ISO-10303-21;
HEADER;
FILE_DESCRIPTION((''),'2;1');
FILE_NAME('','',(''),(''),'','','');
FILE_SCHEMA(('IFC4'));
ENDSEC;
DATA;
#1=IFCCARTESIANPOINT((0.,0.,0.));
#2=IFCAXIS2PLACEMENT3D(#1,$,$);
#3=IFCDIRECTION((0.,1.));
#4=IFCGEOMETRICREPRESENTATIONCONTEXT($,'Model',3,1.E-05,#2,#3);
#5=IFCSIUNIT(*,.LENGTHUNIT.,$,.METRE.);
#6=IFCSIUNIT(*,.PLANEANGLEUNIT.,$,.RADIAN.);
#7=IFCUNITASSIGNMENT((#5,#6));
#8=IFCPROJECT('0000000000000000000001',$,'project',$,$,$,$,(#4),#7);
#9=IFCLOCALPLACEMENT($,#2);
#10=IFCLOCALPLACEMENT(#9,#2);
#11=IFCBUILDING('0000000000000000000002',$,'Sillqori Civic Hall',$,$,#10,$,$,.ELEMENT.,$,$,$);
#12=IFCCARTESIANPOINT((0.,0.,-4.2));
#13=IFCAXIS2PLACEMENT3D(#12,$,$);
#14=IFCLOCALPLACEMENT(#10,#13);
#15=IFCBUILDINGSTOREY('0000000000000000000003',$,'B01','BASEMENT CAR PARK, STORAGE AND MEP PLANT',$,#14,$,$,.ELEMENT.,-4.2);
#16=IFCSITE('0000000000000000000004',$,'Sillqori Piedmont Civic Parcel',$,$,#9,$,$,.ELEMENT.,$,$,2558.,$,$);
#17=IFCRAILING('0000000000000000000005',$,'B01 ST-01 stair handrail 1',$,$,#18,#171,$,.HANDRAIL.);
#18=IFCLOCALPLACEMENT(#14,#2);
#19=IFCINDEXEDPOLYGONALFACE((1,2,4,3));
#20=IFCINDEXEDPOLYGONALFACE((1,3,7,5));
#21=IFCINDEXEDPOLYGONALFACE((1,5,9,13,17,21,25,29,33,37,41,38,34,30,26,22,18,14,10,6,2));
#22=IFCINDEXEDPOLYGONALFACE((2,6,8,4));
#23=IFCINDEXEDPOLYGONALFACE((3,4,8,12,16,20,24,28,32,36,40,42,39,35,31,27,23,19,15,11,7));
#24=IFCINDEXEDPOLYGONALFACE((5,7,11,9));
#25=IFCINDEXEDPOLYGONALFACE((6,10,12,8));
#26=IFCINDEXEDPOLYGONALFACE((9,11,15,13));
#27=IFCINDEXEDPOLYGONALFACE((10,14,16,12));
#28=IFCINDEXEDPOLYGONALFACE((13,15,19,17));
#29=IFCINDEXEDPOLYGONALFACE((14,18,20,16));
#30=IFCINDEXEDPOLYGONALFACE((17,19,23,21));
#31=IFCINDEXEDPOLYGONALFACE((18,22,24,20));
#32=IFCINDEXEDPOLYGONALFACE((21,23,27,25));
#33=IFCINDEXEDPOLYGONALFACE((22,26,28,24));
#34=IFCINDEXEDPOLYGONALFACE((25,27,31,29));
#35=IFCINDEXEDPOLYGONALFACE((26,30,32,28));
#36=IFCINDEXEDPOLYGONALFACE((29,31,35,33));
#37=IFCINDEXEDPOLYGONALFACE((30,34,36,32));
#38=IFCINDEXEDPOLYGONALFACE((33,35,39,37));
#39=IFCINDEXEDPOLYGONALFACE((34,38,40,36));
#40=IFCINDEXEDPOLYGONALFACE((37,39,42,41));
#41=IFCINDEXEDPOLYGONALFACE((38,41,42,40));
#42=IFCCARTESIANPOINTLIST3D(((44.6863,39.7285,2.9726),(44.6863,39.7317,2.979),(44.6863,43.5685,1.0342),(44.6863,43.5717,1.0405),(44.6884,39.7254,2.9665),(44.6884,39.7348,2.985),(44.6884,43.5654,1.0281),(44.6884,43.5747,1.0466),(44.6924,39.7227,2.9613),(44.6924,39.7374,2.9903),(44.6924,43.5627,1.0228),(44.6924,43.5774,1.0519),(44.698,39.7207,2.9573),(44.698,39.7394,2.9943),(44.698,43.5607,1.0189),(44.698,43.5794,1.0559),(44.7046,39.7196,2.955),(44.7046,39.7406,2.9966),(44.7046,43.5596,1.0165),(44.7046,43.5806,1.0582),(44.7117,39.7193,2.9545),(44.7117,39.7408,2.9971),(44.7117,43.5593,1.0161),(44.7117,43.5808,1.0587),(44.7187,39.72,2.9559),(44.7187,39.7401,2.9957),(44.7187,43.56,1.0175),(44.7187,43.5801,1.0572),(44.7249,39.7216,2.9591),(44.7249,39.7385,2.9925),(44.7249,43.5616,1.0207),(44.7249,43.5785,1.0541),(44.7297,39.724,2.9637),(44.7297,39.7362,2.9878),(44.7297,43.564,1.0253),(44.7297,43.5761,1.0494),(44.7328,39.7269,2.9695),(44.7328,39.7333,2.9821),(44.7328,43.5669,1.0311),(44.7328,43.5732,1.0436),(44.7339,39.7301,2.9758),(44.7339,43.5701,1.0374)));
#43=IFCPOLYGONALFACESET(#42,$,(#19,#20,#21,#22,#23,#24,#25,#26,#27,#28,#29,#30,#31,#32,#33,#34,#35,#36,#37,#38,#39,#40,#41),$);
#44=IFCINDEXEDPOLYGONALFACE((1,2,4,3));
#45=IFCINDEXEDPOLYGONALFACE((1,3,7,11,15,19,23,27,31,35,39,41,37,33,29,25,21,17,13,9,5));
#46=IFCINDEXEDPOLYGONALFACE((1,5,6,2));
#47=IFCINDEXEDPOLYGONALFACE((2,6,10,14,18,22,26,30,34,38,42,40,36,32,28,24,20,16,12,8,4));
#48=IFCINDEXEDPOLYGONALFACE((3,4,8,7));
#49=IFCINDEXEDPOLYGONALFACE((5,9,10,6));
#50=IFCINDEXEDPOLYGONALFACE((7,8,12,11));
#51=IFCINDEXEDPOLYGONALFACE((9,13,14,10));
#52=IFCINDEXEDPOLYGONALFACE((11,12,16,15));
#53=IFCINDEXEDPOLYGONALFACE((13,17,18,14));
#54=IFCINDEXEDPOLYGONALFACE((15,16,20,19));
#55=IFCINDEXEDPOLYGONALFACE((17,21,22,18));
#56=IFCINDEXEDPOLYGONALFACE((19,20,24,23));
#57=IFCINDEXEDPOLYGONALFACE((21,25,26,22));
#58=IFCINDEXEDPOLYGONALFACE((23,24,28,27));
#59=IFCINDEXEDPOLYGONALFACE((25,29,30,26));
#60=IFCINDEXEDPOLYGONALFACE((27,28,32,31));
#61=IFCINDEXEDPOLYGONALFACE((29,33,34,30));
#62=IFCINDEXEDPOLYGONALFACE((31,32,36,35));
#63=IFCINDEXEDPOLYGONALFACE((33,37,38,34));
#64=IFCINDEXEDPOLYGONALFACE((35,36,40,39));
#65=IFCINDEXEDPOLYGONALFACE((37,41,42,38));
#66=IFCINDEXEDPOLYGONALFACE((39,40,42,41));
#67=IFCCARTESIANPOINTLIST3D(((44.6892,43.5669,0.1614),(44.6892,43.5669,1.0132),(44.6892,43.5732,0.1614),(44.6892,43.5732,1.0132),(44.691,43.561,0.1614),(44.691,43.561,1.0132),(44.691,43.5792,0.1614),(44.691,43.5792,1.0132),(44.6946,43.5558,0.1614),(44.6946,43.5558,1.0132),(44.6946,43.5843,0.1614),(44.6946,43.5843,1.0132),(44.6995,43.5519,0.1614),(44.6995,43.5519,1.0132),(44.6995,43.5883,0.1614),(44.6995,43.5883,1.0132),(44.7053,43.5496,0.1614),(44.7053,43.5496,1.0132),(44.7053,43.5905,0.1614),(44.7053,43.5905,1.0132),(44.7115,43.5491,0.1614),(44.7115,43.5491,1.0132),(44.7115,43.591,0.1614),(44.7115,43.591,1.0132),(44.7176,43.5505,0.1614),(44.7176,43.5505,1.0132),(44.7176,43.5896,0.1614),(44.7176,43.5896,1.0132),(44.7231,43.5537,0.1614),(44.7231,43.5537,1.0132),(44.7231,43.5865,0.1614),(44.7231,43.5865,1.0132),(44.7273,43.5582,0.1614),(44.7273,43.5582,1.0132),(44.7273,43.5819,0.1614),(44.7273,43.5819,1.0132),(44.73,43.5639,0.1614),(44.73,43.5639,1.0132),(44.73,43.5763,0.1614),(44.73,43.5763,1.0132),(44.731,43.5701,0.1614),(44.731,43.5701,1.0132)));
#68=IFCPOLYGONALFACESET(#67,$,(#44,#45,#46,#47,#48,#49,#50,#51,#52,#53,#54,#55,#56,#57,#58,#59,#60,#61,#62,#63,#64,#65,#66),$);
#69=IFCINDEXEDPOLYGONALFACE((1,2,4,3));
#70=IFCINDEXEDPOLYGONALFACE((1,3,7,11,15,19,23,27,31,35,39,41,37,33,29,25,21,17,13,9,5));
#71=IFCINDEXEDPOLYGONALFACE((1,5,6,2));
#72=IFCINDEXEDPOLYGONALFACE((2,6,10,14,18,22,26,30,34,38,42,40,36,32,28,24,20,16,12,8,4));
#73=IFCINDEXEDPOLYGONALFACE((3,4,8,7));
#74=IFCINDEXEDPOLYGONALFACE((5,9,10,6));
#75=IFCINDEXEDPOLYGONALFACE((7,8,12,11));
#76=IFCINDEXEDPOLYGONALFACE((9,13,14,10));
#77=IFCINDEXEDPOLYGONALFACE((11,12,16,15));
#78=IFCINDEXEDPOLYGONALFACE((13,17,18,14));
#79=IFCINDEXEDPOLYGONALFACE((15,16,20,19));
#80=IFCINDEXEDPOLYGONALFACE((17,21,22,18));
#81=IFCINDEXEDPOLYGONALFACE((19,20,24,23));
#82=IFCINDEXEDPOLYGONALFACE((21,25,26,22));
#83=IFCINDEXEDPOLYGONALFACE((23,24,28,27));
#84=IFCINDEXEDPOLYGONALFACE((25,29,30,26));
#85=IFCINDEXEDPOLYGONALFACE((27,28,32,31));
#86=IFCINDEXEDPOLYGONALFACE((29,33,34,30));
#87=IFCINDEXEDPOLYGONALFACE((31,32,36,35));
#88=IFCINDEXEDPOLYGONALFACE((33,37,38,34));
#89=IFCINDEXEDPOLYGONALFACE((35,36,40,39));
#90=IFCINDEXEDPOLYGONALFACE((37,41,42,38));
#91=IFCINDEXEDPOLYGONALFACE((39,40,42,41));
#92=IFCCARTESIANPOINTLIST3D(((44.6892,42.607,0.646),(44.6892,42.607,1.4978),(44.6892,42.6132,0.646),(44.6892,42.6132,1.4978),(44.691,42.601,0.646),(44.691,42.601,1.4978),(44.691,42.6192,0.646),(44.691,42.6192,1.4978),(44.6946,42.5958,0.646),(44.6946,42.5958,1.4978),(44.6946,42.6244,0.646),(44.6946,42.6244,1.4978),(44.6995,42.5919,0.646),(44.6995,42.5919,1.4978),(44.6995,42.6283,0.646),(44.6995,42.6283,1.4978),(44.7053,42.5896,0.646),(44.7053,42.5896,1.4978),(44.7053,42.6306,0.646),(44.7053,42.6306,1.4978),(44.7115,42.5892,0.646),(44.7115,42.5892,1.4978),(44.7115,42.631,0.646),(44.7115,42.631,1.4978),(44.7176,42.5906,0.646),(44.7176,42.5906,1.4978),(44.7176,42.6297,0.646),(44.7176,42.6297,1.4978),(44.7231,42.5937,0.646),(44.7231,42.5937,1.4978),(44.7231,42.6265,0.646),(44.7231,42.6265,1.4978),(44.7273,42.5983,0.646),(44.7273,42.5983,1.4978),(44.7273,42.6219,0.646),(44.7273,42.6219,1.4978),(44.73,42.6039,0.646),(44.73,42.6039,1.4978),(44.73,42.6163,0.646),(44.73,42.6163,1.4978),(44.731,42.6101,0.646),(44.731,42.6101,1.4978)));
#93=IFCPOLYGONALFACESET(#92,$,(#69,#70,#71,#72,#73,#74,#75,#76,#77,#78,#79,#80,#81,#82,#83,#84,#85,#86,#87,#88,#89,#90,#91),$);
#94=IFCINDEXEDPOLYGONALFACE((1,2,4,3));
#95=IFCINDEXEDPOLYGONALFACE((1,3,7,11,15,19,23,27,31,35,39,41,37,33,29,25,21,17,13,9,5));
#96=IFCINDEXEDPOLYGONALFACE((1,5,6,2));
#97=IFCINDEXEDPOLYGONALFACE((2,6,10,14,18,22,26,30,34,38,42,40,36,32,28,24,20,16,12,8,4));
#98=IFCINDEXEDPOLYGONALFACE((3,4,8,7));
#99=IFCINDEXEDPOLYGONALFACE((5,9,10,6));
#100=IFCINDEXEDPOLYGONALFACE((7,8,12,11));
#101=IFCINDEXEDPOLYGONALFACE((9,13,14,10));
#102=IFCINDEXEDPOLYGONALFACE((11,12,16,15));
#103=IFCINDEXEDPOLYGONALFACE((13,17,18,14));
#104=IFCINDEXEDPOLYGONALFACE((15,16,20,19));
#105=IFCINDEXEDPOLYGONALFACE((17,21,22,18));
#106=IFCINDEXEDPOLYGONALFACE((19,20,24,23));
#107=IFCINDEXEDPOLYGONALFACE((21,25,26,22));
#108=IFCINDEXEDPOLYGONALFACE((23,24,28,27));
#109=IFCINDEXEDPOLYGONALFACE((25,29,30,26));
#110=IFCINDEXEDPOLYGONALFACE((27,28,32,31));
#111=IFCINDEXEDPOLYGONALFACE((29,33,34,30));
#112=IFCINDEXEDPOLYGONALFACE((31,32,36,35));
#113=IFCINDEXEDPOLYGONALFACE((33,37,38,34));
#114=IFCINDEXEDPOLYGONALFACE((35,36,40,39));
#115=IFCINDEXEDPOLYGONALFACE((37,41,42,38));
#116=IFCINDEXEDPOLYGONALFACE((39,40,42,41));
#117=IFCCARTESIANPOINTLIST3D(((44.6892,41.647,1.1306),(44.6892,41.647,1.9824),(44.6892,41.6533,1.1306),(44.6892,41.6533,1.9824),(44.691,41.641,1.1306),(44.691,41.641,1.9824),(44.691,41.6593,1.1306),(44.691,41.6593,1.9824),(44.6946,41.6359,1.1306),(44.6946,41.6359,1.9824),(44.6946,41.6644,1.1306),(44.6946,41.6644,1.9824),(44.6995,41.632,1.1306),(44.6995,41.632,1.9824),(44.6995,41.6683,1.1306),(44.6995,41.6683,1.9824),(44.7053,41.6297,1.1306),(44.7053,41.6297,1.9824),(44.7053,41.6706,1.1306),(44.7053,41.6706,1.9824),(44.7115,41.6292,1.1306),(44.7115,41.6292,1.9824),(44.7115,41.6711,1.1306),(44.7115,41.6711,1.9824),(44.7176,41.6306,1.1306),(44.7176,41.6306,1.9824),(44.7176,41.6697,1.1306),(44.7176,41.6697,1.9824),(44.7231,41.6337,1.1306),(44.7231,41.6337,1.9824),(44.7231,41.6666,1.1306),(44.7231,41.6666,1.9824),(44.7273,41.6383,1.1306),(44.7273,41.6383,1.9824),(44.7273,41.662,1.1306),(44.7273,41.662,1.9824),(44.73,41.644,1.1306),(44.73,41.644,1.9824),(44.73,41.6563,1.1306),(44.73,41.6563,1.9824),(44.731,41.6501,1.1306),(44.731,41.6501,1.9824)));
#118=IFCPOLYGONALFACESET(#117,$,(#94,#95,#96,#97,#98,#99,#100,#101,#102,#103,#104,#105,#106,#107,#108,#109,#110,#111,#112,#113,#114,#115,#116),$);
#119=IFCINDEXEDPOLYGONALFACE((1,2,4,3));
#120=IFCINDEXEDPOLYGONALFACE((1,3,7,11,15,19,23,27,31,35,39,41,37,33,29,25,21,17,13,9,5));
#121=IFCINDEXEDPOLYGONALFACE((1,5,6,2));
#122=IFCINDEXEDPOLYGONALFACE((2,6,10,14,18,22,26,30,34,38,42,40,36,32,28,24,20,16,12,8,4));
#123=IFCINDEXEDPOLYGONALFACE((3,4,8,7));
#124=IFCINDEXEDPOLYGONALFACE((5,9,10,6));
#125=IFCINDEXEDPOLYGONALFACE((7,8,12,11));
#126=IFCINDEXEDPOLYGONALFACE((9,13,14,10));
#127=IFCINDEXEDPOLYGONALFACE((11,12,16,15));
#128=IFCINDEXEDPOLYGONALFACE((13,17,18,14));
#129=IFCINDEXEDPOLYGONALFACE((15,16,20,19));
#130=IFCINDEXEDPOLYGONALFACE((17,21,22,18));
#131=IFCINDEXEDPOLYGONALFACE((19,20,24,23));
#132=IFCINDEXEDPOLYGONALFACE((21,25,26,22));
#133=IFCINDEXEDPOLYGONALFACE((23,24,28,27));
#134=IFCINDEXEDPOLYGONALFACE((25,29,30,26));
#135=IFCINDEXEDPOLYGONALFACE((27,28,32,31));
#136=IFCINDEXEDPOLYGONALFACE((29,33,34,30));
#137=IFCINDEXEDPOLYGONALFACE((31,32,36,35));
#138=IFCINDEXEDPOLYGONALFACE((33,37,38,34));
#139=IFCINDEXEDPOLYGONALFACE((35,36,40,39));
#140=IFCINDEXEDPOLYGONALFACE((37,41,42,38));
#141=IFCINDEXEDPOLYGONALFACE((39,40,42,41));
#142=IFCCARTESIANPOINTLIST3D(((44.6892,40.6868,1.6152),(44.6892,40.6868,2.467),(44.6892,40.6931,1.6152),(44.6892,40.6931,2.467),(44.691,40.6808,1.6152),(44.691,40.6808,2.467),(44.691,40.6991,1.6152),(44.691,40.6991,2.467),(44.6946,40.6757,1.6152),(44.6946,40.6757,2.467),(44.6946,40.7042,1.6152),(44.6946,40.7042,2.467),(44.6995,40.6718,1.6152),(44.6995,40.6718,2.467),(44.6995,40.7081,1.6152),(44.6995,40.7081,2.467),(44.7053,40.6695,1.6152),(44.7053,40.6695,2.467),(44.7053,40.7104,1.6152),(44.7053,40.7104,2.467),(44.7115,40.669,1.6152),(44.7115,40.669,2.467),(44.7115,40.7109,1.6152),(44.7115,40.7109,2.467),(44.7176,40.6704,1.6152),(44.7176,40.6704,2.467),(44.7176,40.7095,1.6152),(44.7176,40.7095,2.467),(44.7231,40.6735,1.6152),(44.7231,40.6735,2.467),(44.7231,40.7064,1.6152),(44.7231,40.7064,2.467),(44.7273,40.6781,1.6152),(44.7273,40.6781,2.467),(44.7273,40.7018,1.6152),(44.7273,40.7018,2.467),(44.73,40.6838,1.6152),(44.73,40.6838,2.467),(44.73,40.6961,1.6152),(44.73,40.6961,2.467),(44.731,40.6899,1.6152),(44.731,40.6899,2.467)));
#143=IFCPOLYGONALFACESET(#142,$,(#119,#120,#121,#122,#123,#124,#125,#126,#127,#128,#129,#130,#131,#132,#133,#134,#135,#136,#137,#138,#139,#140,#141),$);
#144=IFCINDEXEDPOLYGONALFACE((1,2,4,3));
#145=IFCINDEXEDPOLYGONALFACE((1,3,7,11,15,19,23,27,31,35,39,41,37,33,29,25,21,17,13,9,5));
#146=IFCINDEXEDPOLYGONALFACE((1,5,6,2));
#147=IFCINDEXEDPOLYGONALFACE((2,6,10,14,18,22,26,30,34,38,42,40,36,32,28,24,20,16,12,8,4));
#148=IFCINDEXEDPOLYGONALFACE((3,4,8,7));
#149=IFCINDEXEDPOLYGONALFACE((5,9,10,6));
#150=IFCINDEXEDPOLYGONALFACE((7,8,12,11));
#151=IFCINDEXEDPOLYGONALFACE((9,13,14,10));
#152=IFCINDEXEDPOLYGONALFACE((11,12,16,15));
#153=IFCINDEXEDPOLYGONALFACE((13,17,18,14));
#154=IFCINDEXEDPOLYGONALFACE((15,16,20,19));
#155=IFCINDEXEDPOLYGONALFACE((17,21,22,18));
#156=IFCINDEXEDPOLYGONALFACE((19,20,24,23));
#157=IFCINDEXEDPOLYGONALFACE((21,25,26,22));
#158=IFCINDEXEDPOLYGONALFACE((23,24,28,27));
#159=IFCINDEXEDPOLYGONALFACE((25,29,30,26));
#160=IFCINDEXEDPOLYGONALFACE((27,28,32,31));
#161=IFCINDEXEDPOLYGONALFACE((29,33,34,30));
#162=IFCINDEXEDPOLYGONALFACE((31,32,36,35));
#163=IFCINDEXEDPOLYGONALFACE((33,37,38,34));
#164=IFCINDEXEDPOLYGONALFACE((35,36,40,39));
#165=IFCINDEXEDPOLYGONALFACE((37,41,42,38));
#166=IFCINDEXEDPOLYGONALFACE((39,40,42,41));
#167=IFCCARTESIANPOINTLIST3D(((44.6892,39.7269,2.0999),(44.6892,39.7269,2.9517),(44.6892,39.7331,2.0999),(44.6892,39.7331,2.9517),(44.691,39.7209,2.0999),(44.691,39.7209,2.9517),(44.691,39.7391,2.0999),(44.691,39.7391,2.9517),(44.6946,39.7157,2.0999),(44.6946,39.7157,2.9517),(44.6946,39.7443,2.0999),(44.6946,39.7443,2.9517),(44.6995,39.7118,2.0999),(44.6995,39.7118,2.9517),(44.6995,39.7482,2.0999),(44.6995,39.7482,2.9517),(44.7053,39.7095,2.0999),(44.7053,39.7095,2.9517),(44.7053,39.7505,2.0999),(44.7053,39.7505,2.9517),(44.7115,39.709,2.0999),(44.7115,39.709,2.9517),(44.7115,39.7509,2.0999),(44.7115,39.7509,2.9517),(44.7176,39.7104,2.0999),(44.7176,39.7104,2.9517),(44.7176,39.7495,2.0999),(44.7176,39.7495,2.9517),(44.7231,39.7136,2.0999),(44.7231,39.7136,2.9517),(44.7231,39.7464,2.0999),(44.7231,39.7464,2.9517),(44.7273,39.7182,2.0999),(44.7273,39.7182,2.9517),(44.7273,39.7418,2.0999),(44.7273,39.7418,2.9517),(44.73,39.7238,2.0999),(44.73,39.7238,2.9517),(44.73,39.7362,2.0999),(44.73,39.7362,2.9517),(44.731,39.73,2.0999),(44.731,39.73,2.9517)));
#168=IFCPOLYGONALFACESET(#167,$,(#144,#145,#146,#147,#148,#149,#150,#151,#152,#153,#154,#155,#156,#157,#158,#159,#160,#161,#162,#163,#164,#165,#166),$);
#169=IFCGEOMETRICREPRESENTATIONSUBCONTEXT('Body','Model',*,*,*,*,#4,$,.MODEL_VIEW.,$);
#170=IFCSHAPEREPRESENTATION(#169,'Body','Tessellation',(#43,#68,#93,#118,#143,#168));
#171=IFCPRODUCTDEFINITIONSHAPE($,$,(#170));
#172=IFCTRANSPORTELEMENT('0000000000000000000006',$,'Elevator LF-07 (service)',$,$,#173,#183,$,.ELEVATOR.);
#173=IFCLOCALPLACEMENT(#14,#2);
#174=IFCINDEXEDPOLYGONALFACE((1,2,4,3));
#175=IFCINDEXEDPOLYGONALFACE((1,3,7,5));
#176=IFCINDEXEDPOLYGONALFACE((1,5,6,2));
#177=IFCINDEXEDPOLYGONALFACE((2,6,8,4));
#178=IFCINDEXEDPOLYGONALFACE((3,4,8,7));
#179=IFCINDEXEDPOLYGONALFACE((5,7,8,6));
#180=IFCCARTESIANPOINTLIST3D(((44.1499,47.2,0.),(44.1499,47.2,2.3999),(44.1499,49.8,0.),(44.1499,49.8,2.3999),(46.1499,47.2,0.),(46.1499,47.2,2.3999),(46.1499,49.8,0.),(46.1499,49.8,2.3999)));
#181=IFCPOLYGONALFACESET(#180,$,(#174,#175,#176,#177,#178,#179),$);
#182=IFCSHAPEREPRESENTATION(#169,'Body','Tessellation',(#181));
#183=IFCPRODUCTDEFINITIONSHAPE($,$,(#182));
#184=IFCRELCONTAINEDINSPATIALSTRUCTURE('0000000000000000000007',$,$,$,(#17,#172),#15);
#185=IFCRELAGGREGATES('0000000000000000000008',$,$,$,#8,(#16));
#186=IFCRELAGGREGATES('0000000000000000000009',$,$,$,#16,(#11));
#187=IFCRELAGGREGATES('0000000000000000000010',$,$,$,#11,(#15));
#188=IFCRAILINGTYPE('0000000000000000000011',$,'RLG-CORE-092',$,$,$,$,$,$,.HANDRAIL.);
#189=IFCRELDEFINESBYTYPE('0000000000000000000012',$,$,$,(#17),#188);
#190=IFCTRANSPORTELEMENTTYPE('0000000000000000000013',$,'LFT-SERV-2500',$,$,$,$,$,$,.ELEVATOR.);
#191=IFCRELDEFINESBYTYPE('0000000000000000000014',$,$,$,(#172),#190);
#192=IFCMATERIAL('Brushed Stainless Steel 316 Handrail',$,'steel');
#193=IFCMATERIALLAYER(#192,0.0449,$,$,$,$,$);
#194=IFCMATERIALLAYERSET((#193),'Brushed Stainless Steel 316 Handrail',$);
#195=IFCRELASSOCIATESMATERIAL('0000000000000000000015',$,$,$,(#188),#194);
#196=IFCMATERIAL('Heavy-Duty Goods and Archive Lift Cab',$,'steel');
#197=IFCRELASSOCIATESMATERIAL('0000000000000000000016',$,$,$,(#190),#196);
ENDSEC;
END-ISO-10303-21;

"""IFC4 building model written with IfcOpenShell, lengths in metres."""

from ifc_helpers import new_model, si_unit, direction, frame, origin, origin_2d, place, context, subcontext, project, spatial, rectangle, circle, extrude, material, layer, layer_set, type_object, element, save


model = new_model("IFC4")

# Units and contexts
model_context = context("Model", 3, precision=1e-05, world=origin(), true_north=direction((0.0, 1.0)))
body_context = subcontext(model_context, "Body", "Model", "MODEL_VIEW")
ifc_project = project(units=[si_unit("LENGTHUNIT", "METRE"), si_unit("PLANEANGLEUNIT", "RADIAN")], contexts=[model_context])

# Site, building, storey
site_placement = place(None, origin())
site = spatial("IfcSite", under=ifc_project, at=site_placement, Name="Sillqori Piedmont Civic Parcel", CompositionType="ELEMENT", RefElevation=2558.0)
building_placement = place(site_placement, origin())
building = spatial("IfcBuilding", under=site, at=building_placement, Name="Sillqori Civic Hall", CompositionType="ELEMENT")
storey_placement = place(building_placement, frame((0.0, 0.0, -4.2)))
storey = spatial("IfcBuildingStorey", under=building, at=storey_placement, Name="B01", Description="BASEMENT CAR PARK, STORAGE AND MEP PLANT", CompositionType="ELEMENT", Elevation=-4.2)

# Railing
ifc_material_1 = material(Name="Brushed Stainless Steel 316 Handrail", Category="steel")
ifc_layer_1 = layer(ifc_material_1, 0.0449)
ifc_layer_set_1 = layer_set([ifc_layer_1], Name="Brushed Stainless Steel 316 Handrail")
railing_type = type_object("IfcRailingType", Name="RLG-CORE-092", PredefinedType="HANDRAIL", material=ifc_layer_set_1)
railing_placement = place(storey_placement, frame((44.71, 43.5701, 0.1614)))
element("IfcRailing", 1, at=railing_placement, inside=storey, type_object=railing_type, Name="B01 ST-01 stair handrail 1", PredefinedType="HANDRAIL", context=body_context, shape_type="SweptSolid", body=[
    extrude(circle(Radius=0.0239, at=origin_2d()), frame((0.0, 0.0, 0.876), z_axis=(0.0, -0.892707, 0.450638), x_axis=(1.0, 0.0, 0.0)), (0.0, 0.0, 1.0), 4.3015),
    extrude(circle(Radius=0.021, at=origin_2d()), origin(), (0.0, 0.0, 1.0), 0.8518),
    extrude(circle(Radius=0.021, at=origin_2d()), frame((0.0, -0.96, 0.4846)), (0.0, 0.0, 1.0), 0.8518),
    extrude(circle(Radius=0.021, at=origin_2d()), frame((0.0, -1.9199, 0.9692)), (0.0, 0.0, 1.0), 0.8518),
    extrude(circle(Radius=0.021, at=origin_2d()), frame((0.0, -2.8801, 1.4539)), (0.0, 0.0, 1.0), 0.8518),
    extrude(circle(Radius=0.021, at=origin_2d()), frame((0.0, -3.8401, 1.9385)), (0.0, 0.0, 1.0), 0.8518),
])

# Transport element
ifc_material_2 = material(Name="Heavy-Duty Goods and Archive Lift Cab", Category="steel")
transport_element_type = type_object("IfcTransportElementType", Name="LFT-SERV-2500", PredefinedType="ELEVATOR", material=ifc_material_2)
transport_element_placement = place(storey_placement, frame((45.1499, 48.5, 0.0), z_axis=(0.0, 0.0, 1.0), x_axis=(1.0, 0.0, 0.0)))
element("IfcTransportElement", 2, at=transport_element_placement, inside=storey, type_object=transport_element_type, Name="Elevator LF-07 (service)", PredefinedType="ELEVATOR", context=body_context, shape_type="SweptSolid", body=[
    extrude(rectangle(XDim=2.0, YDim=2.6001, at=origin_2d()), origin(), (0.0, 0.0, 1.0), 2.3999),
])

save(model, "model.ifc")
